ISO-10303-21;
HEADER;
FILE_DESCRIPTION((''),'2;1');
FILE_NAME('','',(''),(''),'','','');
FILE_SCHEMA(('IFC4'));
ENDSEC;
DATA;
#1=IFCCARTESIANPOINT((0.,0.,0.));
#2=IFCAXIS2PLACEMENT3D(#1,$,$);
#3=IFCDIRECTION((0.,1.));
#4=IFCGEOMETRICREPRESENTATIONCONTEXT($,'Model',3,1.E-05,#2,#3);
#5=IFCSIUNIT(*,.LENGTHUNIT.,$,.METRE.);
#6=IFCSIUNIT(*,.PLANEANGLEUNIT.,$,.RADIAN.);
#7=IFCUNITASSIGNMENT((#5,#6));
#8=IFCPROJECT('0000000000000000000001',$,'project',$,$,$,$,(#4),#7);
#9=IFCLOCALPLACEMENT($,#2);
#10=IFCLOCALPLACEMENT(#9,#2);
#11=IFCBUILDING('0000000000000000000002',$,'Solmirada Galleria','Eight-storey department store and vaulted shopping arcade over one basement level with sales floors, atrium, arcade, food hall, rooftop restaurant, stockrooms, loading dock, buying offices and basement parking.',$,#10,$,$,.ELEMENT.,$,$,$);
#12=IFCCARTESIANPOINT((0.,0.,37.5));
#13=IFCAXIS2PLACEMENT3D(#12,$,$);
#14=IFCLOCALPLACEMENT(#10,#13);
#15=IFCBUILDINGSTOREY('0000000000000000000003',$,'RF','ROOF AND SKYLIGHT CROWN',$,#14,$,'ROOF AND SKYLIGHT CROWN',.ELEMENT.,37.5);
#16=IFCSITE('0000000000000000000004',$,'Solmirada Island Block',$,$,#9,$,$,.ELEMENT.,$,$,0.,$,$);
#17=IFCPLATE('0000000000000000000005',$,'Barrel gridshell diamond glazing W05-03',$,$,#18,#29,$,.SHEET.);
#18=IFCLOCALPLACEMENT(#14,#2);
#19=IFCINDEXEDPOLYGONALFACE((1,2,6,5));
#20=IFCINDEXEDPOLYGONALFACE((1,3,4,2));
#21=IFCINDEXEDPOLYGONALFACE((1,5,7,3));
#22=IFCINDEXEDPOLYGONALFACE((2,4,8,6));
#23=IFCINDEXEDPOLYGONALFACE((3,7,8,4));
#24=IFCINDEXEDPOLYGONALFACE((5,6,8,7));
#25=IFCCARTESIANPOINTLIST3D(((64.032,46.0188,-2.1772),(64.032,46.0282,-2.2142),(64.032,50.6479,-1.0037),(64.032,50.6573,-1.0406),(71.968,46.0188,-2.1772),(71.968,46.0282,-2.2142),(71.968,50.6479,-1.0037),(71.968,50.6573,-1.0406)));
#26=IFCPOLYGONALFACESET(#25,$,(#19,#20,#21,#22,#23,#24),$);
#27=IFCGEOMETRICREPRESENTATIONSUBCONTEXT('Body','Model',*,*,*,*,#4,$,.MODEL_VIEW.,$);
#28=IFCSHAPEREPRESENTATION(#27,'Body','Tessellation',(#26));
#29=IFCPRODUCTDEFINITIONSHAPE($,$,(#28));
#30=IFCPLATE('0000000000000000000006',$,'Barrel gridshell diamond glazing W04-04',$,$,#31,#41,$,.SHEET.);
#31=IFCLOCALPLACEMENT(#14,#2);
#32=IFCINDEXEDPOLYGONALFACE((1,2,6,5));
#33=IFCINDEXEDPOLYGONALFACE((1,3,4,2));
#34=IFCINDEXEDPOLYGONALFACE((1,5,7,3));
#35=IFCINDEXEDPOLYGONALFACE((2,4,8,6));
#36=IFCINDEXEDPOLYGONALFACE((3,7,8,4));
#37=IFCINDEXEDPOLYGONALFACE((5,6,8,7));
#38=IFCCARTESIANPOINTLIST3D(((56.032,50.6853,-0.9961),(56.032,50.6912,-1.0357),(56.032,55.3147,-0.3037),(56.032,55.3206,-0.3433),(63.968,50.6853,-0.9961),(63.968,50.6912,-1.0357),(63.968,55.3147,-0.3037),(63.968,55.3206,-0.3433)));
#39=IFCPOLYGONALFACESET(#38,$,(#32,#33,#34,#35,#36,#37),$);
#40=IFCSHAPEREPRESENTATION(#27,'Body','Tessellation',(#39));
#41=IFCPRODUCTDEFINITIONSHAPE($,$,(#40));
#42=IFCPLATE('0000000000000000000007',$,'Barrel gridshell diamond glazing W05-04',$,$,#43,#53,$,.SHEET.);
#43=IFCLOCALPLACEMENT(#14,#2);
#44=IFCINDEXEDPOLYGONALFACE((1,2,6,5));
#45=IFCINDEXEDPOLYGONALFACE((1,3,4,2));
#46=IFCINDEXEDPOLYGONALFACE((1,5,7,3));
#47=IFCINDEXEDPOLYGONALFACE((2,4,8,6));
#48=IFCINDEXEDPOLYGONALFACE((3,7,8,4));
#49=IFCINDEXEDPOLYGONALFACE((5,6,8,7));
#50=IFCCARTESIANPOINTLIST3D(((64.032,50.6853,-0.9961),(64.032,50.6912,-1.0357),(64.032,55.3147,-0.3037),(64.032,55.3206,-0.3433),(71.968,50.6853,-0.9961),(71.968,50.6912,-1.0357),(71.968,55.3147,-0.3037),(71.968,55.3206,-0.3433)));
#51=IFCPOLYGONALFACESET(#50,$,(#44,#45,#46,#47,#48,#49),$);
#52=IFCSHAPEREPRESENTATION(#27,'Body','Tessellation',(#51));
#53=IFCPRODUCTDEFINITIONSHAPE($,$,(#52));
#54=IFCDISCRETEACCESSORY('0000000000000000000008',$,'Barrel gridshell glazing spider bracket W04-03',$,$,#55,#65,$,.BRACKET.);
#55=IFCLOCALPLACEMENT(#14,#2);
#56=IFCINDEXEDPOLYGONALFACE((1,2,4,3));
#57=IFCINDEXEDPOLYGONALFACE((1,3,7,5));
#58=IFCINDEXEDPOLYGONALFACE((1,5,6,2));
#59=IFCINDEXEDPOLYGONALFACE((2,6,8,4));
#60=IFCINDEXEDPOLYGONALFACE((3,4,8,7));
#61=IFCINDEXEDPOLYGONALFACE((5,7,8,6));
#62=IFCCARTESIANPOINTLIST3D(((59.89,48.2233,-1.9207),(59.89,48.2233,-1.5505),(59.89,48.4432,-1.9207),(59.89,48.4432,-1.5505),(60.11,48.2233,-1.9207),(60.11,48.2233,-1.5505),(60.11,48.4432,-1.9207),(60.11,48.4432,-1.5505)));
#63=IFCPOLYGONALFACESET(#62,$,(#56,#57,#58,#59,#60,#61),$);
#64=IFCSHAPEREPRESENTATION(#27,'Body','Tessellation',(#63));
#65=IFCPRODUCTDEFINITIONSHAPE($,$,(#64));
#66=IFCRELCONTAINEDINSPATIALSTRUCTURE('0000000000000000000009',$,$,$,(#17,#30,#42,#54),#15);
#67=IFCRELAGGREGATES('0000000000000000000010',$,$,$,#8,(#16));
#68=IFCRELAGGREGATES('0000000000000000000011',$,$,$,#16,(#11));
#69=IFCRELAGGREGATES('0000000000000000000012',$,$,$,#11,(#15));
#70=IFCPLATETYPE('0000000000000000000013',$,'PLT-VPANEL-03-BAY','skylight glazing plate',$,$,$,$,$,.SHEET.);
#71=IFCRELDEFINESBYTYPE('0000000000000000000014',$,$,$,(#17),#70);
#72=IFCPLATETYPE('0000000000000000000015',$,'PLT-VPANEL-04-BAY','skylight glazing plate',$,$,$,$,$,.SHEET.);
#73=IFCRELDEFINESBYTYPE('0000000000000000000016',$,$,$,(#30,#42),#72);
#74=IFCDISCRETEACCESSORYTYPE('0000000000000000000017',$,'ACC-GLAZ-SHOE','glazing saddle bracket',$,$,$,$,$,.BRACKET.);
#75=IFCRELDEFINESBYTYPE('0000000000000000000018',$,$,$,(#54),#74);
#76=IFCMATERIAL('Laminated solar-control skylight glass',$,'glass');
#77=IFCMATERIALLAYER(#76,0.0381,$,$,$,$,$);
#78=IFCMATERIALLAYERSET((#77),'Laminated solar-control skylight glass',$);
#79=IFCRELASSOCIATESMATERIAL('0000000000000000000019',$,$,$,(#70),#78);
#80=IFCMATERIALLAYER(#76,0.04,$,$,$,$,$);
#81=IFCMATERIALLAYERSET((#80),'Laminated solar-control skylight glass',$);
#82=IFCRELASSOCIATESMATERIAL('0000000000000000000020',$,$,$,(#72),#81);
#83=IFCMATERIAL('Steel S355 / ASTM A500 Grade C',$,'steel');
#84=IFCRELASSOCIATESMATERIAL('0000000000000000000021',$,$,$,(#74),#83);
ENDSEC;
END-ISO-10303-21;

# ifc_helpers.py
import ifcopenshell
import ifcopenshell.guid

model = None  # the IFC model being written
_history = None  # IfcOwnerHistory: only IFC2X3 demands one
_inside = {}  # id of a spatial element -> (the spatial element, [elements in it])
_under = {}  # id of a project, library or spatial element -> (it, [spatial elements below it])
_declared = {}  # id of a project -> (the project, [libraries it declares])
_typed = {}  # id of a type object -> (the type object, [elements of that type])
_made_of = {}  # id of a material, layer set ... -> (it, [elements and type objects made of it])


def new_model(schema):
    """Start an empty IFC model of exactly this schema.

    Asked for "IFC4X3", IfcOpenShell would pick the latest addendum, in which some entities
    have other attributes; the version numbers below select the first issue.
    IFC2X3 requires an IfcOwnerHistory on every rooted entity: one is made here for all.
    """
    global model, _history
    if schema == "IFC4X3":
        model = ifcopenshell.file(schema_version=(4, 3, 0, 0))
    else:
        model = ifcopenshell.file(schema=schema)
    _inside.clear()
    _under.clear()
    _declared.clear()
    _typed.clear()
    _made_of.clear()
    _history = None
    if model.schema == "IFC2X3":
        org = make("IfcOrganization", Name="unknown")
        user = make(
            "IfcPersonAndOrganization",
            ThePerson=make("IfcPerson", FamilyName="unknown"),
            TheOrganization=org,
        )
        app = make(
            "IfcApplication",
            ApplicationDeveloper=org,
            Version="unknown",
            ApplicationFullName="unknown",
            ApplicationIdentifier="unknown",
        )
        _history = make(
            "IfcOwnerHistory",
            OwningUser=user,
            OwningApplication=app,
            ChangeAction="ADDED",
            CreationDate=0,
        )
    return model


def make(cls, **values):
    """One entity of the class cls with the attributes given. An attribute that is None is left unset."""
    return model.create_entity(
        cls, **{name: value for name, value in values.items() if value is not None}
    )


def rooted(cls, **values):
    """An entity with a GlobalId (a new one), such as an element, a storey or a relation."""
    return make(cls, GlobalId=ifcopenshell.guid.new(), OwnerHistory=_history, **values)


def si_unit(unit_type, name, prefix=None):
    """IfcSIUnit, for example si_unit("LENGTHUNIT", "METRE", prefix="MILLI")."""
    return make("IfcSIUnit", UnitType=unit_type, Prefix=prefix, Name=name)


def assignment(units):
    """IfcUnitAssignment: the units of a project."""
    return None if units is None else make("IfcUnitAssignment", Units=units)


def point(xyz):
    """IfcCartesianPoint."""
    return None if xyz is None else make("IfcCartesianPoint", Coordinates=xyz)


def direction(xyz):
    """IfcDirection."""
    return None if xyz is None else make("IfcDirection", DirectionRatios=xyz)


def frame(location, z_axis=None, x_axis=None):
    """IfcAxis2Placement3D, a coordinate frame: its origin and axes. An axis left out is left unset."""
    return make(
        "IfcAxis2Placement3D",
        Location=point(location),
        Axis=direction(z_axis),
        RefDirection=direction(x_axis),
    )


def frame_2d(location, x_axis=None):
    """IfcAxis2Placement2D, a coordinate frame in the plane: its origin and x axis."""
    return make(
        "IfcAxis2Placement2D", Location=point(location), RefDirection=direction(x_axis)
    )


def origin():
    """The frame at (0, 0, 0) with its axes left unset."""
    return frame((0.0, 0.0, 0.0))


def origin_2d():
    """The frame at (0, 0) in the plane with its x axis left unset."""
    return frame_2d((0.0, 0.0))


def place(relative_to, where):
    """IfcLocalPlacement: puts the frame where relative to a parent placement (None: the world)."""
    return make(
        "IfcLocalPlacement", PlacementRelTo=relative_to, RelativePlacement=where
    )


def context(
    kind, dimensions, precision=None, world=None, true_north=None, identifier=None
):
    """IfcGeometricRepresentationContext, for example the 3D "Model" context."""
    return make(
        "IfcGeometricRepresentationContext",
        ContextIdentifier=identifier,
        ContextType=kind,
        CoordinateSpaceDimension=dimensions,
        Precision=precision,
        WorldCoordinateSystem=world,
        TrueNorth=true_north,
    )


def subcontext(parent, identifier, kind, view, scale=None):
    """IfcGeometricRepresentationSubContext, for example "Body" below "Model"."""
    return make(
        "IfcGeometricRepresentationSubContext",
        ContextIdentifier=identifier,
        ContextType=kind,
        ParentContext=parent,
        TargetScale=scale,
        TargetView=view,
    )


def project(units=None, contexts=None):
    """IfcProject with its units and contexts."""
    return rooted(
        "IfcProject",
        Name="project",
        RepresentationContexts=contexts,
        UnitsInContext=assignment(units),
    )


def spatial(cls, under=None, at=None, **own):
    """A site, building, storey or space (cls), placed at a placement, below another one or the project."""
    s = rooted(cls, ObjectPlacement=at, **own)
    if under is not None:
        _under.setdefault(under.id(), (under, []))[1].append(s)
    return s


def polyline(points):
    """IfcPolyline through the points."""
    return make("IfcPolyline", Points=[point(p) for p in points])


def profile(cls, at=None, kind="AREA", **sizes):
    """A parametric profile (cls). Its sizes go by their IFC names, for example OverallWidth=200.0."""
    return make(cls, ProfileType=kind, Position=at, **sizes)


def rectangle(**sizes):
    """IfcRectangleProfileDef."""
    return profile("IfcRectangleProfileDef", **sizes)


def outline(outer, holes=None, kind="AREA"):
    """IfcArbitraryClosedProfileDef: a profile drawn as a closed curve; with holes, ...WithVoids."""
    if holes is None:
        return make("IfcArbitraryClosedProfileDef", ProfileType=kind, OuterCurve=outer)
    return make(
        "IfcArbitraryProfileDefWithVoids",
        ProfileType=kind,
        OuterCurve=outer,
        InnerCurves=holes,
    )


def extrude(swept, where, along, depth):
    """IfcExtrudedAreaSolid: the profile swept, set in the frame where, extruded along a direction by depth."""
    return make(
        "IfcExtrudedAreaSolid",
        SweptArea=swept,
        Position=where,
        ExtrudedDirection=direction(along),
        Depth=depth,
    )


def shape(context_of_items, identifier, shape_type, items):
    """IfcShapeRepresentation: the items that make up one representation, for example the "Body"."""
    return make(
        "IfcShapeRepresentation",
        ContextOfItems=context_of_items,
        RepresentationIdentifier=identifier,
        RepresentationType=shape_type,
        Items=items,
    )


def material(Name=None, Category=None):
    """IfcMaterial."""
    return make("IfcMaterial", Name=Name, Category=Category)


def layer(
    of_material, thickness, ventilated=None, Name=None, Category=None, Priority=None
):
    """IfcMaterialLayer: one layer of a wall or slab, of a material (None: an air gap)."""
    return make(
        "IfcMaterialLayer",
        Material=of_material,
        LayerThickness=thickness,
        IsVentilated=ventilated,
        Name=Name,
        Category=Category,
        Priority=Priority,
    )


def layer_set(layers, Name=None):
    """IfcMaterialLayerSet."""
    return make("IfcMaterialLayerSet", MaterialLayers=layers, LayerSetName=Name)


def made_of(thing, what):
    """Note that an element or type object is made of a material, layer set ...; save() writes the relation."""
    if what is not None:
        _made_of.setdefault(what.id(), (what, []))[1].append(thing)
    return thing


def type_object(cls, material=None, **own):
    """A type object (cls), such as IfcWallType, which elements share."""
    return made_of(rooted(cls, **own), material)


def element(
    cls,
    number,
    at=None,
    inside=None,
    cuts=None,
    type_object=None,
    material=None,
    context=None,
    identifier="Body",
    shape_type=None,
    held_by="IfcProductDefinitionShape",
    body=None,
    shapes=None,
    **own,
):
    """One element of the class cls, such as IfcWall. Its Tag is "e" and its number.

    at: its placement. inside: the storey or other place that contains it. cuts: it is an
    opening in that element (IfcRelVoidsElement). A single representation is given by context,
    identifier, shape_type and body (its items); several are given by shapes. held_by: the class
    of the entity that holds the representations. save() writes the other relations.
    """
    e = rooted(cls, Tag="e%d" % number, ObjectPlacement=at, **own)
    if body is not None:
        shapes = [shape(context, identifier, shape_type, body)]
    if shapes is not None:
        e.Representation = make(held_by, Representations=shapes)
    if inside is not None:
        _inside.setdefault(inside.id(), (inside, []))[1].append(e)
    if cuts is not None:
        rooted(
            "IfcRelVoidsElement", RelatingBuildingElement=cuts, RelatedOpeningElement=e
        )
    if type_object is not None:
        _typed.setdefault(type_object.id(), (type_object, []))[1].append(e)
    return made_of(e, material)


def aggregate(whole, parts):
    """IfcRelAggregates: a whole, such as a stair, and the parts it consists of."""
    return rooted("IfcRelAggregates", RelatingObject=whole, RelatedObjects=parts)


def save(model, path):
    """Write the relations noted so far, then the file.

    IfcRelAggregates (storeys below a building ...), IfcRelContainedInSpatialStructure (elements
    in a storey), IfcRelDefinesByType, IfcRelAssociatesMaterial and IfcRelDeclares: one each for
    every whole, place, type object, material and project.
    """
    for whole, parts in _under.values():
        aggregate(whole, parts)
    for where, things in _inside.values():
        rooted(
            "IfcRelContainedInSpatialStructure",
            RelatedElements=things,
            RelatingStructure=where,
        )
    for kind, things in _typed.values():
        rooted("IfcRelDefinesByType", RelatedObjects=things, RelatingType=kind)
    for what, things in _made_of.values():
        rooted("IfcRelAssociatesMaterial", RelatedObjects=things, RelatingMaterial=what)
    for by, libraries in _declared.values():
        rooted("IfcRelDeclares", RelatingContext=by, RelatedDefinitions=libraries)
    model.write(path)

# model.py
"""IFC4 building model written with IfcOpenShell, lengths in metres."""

from ifc_helpers import new_model, si_unit, direction, frame, origin, origin_2d, place, context, subcontext, project, spatial, polyline, rectangle, outline, extrude, material, layer, layer_set, type_object, element, save


model = new_model("IFC4")

# Units and contexts
model_context = context("Model", 3, precision=1e-05, world=origin(), true_north=direction((0.0, 1.0)))
body_context = subcontext(model_context, "Body", "Model", "MODEL_VIEW")
ifc_project = project(units=[si_unit("LENGTHUNIT", "METRE"), si_unit("PLANEANGLEUNIT", "RADIAN")], contexts=[model_context])

# Site, building, storey
site_placement = place(None, origin())
site = spatial("IfcSite", under=ifc_project, at=site_placement, Name="Solmirada Island Block", CompositionType="ELEMENT", RefElevation=0.0)
building_placement = place(site_placement, origin())
building = spatial("IfcBuilding", under=site, at=building_placement, Name="Solmirada Galleria", Description="Eight-storey department store and vaulted shopping arcade over one basement level with sales floors, atrium, arcade, food hall, rooftop restaurant, stockrooms, loading dock, buying offices and basement parking.", CompositionType="ELEMENT")
storey_placement = place(building_placement, frame((0.0, 0.0, 37.5)))
storey = spatial("IfcBuildingStorey", under=building, at=storey_placement, Name="RF", Description="ROOF AND SKYLIGHT CROWN", LongName="ROOF AND SKYLIGHT CROWN", CompositionType="ELEMENT", Elevation=37.5)

# Shared definitions
ifc_material_1 = material(Name="Steel S355 / ASTM A500 Grade C", Category="steel")

# Plates
ifc_material_2 = material(Name="Laminated solar-control skylight glass", Category="glass")
ifc_layer_1 = layer(ifc_material_2, 0.0381)
ifc_layer_set_1 = layer_set([ifc_layer_1], Name="Laminated solar-control skylight glass")
plate_type_1 = type_object("IfcPlateType", Name="PLT-VPANEL-03-BAY", Description="skylight glazing plate", PredefinedType="SHEET", material=ifc_layer_set_1)
for number, where, z_axis, x_axis, name in (
    (1, (64.032, 46.0188, -2.1772), (0.0, -0.245746, 0.969334), (1.0, 0.0, 0.0), "Barrel gridshell diamond glazing W05-03"),
):
    element("IfcPlate", number, at=place(storey_placement, frame(where, z_axis=z_axis, x_axis=x_axis)), inside=storey, type_object=plate_type_1, Name=name, PredefinedType="SHEET", context=body_context, shape_type="SweptSolid", body=[
        extrude(outline(polyline([(0.0, 0.0), (7.936, 0.0), (7.936, 4.7756), (0.0, 4.7756), (0.0, 0.0)])), origin(), (0.0, 0.0, -1.0), 0.0381),
    ])
ifc_layer_2 = layer(ifc_material_2, 0.04)
ifc_layer_set_2 = layer_set([ifc_layer_2], Name="Laminated solar-control skylight glass")
plate_type_2 = type_object("IfcPlateType", Name="PLT-VPANEL-04-BAY", Description="skylight glazing plate", PredefinedType="SHEET", material=ifc_layer_set_2)
for number, where, z_axis, x_axis, name in (
    (2, (56.032, 50.6853, -0.9961), (0.0, -0.147917, 0.989), (1.0, 0.0, 0.0), "Barrel gridshell diamond glazing W04-04"),
    (3, (64.032, 50.6853, -0.9961), (0.0, -0.147917, 0.989), (1.0, 0.0, 0.0), "Barrel gridshell diamond glazing W05-04"),
):
    element("IfcPlate", number, at=place(storey_placement, frame(where, z_axis=z_axis, x_axis=x_axis)), inside=storey, type_object=plate_type_2, Name=name, PredefinedType="SHEET", context=body_context, shape_type="SweptSolid", body=[
        extrude(outline(polyline([(0.0, 0.0), (7.936, 0.0), (7.936, 4.6809), (0.0, 4.6809), (0.0, 0.0)])), origin(), (0.0, 0.0, -1.0), 0.04),
    ])

# Discrete accessory
discrete_accessory_type = type_object("IfcDiscreteAccessoryType", Name="ACC-GLAZ-SHOE", Description="glazing saddle bracket", PredefinedType="BRACKET", material=ifc_material_1)
discrete_accessory_placement = place(storey_placement, frame((60.0, 48.3333, -1.9207), z_axis=(0.0, 0.0, 1.0), x_axis=(1.0, 0.0, 0.0)))
element("IfcDiscreteAccessory", 4, at=discrete_accessory_placement, inside=storey, type_object=discrete_accessory_type, Name="Barrel gridshell glazing spider bracket W04-03", PredefinedType="BRACKET", context=body_context, shape_type="SweptSolid", body=[
    extrude(rectangle(XDim=0.22, YDim=0.22, at=origin_2d()), origin(), (0.0, 0.0, 1.0), 0.3701),
])

save(model, "model.ifc")
